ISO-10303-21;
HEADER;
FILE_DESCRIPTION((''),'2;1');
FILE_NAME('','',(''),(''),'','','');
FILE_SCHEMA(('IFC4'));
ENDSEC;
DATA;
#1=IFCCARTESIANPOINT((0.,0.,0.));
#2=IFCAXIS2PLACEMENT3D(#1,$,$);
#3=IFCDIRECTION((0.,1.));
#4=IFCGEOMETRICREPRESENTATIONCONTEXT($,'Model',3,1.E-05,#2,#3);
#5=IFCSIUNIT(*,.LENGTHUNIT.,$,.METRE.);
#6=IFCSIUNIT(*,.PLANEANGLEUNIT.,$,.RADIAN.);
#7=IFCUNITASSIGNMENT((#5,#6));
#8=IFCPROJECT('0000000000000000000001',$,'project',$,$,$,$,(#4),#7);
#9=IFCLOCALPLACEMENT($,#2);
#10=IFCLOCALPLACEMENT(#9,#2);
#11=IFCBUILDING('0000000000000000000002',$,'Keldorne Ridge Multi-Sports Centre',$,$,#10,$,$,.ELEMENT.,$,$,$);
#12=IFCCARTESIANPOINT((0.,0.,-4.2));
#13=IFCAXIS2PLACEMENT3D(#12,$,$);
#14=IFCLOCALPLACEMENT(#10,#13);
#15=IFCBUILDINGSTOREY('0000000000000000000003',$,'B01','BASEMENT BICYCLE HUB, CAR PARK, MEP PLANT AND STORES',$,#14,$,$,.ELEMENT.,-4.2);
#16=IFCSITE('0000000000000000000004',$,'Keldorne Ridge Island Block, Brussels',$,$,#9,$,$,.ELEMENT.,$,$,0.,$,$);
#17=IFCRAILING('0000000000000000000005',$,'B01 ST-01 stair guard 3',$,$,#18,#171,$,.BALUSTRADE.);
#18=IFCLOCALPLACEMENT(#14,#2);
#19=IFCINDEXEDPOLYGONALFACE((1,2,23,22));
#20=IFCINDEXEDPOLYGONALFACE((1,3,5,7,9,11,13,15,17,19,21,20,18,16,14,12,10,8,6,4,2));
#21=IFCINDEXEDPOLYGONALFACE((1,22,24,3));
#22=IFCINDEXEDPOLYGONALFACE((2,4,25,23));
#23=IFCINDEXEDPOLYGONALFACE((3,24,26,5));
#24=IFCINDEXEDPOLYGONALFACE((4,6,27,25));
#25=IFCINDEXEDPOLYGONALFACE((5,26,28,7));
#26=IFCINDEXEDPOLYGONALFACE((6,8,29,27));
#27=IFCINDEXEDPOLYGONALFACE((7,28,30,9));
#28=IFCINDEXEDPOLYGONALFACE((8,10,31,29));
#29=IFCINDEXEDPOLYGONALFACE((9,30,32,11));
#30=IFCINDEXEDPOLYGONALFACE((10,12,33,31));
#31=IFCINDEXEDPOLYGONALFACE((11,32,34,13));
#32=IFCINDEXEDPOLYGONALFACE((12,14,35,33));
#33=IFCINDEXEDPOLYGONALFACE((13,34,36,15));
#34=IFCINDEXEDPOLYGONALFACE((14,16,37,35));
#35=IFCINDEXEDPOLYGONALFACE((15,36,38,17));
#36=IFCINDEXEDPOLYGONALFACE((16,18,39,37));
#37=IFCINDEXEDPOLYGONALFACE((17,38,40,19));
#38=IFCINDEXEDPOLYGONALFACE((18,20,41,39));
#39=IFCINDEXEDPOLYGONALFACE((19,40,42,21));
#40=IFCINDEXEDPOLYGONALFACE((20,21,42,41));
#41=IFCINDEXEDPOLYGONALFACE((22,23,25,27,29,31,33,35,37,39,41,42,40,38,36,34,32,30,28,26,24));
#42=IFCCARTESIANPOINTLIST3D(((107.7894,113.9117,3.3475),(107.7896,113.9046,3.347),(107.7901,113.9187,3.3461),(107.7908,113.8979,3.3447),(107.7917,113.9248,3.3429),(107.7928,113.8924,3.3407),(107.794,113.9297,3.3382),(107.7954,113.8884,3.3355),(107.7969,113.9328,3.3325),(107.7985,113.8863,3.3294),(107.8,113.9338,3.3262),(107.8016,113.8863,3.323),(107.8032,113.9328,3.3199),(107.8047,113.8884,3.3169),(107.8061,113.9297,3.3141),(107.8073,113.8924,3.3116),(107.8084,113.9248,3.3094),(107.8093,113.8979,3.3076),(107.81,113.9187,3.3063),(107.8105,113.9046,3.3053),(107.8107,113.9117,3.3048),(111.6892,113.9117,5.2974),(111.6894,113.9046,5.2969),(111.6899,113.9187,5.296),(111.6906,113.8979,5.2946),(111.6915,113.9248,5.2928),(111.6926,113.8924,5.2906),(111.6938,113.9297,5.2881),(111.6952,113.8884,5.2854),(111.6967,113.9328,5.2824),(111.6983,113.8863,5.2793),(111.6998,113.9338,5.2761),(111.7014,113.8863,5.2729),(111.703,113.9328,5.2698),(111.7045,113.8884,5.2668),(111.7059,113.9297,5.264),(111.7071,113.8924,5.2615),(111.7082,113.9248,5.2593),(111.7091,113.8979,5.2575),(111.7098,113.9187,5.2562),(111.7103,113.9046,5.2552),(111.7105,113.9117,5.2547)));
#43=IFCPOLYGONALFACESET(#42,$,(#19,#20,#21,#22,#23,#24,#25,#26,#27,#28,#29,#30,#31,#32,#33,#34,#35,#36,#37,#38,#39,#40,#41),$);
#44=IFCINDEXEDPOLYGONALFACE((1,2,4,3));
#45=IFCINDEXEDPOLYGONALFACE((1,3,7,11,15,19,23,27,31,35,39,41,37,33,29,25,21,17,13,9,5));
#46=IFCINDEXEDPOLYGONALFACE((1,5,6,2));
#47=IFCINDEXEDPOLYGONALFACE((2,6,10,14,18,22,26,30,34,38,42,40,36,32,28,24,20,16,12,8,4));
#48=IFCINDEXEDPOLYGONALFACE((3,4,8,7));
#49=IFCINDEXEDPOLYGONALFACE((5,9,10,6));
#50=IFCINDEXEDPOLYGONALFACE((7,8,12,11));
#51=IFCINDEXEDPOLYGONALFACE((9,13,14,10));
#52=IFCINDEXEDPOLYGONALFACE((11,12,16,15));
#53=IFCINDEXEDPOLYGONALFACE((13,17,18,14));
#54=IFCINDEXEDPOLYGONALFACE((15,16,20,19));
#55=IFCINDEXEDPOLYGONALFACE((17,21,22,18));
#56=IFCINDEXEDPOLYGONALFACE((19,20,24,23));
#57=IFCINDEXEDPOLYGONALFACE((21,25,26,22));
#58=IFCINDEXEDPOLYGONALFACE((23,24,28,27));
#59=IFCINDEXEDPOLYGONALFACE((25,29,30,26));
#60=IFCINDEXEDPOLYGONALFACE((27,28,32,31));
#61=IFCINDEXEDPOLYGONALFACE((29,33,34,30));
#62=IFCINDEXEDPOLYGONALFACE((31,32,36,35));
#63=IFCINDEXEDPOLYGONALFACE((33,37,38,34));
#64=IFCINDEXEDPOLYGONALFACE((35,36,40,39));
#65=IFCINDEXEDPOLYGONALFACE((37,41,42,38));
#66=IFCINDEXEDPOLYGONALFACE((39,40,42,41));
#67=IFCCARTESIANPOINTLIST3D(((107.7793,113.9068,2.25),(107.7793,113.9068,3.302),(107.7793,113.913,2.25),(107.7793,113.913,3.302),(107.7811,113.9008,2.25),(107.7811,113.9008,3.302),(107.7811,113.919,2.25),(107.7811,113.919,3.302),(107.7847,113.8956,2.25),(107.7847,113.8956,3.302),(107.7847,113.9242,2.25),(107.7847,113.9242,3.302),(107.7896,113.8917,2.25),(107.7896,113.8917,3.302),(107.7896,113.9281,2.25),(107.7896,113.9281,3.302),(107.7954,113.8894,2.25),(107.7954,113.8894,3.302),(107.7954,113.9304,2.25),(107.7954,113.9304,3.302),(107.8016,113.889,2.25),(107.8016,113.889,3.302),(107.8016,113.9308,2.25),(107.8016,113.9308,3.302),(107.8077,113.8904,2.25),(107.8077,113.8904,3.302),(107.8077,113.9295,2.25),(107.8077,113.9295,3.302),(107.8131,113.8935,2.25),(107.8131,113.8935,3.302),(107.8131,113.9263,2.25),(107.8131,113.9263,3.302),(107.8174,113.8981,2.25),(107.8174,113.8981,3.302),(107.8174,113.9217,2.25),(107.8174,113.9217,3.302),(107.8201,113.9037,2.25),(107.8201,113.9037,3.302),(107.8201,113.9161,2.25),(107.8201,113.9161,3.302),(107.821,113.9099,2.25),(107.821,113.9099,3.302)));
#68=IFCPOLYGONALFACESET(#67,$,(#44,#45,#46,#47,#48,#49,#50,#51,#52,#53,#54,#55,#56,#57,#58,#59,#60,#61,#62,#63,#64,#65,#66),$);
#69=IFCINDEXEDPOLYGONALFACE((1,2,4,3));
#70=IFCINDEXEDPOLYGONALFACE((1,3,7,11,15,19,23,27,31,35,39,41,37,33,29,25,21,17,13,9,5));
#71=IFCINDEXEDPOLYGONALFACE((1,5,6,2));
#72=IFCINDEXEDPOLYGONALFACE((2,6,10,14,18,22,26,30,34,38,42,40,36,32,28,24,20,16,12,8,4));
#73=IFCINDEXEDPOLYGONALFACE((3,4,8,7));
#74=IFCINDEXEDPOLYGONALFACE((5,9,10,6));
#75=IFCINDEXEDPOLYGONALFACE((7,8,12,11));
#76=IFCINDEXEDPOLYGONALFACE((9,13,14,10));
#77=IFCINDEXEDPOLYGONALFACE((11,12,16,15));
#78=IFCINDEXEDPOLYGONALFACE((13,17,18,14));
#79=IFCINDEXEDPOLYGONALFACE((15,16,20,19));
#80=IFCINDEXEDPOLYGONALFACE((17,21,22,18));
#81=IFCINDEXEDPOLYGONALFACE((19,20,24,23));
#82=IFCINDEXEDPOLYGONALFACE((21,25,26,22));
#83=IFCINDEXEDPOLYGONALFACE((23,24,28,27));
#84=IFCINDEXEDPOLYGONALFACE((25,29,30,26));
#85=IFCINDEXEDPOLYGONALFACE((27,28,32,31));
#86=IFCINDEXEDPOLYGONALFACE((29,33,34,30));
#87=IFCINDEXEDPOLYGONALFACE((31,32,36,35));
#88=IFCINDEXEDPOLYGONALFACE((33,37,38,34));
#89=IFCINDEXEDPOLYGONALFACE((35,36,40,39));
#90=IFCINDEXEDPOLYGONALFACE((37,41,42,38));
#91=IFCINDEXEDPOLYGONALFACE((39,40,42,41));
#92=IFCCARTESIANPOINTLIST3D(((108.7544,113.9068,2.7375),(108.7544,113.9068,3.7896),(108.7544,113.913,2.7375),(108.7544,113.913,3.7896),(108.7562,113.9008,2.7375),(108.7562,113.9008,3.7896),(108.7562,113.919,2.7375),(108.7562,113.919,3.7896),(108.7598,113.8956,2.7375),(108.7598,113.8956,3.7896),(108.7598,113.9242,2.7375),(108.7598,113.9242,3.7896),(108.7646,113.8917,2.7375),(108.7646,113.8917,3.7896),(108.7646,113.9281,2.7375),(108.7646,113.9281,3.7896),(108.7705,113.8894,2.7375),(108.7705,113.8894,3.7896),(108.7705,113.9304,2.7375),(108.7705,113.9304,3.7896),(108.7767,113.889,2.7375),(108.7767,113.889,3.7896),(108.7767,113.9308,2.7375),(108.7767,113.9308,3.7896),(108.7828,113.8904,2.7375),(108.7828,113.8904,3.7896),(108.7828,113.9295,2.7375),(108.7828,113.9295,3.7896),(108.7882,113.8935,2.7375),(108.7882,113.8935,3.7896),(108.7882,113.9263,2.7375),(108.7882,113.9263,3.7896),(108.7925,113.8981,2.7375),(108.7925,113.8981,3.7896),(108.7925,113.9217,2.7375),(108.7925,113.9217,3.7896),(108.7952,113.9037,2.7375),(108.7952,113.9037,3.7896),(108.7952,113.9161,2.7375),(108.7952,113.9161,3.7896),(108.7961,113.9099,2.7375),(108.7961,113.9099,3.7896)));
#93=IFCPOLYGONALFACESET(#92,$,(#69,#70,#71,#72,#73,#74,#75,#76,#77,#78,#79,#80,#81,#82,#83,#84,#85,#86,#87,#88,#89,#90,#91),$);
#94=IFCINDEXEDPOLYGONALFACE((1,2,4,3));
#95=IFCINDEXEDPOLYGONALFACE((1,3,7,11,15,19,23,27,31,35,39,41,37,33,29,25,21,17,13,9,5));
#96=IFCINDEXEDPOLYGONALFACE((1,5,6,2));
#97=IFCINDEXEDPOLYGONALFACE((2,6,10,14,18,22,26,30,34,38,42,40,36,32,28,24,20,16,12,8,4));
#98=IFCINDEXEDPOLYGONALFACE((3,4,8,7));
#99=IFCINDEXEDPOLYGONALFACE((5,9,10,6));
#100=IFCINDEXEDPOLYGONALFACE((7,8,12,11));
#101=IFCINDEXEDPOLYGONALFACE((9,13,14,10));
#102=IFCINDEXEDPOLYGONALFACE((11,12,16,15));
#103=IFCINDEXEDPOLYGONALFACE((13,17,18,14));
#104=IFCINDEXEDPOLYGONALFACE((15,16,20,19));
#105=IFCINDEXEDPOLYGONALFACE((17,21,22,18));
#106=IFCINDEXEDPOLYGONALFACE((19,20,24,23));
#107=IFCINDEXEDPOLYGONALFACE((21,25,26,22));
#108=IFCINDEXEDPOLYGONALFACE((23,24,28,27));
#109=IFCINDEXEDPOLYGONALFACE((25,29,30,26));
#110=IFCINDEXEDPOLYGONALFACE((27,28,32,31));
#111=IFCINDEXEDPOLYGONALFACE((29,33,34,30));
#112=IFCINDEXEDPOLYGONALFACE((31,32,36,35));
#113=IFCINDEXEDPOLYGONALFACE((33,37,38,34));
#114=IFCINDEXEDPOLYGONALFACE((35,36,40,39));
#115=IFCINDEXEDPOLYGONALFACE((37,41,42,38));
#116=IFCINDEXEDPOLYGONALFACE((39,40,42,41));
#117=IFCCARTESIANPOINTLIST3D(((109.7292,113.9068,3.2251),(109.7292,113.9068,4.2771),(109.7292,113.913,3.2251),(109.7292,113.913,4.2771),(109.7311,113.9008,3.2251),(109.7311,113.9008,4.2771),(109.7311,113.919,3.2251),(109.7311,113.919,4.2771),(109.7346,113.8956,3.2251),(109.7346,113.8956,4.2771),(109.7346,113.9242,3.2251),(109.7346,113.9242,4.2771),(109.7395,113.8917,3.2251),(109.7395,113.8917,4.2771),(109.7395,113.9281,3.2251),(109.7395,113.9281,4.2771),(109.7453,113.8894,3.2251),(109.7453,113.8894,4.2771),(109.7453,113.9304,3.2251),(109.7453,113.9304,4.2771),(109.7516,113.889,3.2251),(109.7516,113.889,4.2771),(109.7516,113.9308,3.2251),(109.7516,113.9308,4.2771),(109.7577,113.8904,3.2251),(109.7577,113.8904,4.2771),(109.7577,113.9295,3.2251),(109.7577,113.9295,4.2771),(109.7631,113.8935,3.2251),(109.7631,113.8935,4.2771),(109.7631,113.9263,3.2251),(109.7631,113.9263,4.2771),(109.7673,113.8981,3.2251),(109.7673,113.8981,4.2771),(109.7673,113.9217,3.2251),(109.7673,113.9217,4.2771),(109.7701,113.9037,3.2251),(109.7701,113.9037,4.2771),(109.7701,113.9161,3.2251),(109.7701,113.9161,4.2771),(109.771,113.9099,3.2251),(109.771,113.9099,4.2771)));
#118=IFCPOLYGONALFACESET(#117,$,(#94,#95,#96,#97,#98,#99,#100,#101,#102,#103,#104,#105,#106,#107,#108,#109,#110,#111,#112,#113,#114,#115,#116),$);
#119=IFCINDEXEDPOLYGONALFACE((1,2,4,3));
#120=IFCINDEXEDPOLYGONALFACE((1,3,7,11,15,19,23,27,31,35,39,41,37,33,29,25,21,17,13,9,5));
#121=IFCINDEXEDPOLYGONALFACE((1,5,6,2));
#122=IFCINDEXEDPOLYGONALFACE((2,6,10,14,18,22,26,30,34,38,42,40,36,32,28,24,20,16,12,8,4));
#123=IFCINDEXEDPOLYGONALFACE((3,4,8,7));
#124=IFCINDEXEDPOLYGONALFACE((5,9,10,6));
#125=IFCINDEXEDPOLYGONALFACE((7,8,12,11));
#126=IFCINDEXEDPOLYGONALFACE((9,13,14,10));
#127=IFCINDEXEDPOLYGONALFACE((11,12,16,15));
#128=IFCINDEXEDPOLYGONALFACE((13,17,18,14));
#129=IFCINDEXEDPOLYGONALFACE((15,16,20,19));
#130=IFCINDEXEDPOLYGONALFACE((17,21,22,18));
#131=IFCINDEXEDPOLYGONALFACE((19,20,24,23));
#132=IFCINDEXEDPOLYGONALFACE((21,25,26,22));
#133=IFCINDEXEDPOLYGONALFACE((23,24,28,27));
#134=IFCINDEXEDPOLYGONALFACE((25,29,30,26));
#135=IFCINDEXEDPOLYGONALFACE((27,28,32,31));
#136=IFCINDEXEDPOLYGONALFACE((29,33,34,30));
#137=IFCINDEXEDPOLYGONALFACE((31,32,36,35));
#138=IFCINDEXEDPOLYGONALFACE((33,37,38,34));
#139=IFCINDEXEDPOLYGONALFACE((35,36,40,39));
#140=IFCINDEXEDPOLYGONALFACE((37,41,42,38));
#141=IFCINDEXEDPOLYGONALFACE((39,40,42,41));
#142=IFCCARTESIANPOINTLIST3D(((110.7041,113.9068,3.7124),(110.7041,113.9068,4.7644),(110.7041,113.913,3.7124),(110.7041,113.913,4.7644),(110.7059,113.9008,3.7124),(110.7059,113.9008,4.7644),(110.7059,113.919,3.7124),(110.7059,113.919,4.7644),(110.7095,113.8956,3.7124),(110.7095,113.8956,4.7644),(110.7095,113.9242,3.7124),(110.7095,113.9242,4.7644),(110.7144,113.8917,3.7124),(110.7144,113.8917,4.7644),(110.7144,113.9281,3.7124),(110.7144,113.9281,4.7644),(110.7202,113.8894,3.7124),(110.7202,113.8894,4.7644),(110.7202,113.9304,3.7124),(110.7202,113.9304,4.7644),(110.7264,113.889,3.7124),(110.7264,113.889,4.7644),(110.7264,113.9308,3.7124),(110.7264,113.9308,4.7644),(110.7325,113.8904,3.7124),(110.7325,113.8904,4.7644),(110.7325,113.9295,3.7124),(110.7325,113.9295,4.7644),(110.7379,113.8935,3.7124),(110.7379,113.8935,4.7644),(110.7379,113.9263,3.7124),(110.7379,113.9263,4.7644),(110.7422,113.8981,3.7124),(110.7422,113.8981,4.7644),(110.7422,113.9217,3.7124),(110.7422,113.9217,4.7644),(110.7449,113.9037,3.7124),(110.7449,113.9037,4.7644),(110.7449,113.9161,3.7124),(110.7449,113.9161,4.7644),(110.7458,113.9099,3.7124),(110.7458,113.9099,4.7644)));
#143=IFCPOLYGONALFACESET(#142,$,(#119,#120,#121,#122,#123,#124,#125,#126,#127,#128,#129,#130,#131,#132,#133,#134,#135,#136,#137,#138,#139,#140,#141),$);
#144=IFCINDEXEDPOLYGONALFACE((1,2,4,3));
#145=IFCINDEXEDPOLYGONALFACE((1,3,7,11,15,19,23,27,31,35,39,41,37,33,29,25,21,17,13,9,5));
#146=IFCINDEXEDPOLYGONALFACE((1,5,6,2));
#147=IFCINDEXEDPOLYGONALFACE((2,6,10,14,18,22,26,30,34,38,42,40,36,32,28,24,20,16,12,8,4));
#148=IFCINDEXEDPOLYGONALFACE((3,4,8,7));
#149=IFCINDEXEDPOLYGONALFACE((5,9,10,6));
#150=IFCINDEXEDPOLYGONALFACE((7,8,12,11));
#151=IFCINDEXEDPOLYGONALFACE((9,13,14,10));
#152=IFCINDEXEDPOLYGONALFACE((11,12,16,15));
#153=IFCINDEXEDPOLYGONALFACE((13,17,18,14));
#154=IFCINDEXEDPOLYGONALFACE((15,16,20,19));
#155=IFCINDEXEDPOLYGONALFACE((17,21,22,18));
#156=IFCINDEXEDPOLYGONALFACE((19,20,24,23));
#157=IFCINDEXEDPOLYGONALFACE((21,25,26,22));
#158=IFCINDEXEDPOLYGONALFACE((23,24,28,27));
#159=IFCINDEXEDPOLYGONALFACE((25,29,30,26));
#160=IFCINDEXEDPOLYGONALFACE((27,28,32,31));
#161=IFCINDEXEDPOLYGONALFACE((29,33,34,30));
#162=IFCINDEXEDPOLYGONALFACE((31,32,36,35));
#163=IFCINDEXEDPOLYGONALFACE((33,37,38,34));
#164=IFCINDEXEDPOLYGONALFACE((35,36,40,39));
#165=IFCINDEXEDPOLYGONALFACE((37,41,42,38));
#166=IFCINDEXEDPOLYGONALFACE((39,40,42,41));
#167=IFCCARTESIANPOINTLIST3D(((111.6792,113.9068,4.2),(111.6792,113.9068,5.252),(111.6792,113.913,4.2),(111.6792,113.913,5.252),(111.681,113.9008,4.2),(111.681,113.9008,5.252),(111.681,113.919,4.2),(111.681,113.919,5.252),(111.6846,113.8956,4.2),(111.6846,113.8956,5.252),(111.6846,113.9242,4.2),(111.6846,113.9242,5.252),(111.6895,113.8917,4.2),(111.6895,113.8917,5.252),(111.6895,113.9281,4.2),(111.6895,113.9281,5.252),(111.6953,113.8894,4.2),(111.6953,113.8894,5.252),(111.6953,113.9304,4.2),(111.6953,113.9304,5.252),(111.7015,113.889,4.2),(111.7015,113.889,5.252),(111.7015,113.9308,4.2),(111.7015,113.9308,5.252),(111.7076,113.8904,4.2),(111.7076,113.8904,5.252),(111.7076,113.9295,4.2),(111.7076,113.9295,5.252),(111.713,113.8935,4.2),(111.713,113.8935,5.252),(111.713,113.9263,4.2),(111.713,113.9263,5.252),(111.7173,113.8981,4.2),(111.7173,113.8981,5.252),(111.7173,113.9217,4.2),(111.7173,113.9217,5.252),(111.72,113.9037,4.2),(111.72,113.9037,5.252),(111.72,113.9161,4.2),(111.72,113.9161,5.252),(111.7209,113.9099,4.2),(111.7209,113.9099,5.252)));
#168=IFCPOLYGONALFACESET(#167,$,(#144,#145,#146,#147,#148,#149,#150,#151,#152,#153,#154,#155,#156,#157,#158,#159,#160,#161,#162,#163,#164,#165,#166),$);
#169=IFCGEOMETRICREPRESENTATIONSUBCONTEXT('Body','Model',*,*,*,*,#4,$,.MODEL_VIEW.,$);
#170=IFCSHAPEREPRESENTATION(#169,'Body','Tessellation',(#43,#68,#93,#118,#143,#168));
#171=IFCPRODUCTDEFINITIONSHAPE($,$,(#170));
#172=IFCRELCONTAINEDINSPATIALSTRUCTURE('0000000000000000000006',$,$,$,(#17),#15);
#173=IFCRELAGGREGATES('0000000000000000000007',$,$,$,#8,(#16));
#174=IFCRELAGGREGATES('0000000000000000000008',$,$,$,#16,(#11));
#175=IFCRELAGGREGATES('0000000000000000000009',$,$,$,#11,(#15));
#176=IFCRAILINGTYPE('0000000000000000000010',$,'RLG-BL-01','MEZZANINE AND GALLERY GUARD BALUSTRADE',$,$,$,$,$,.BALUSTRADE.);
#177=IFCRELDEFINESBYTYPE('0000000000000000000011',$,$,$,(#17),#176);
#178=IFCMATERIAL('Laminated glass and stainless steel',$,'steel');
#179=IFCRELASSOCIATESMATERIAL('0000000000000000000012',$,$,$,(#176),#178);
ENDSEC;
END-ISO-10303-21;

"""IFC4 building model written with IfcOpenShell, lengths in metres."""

from ifc_helpers import new_model, si_unit, direction, frame, origin, origin_2d, place, context, subcontext, project, spatial, circle, extrude, material, type_object, element, save


model = new_model("IFC4")

# Units and contexts
model_context = context("Model", 3, precision=1e-05, world=origin(), true_north=direction((0.0, 1.0)))
body_context = subcontext(model_context, "Body", "Model", "MODEL_VIEW")
ifc_project = project(units=[si_unit("LENGTHUNIT", "METRE"), si_unit("PLANEANGLEUNIT", "RADIAN")], contexts=[model_context])

# Site, building, storey
site_placement = place(None, origin())
site = spatial("IfcSite", under=ifc_project, at=site_placement, Name="Keldorne Ridge Island Block, Brussels", CompositionType="ELEMENT", RefElevation=0.0)
building_placement = place(site_placement, origin())
building = spatial("IfcBuilding", under=site, at=building_placement, Name="Keldorne Ridge Multi-Sports Centre", CompositionType="ELEMENT")
storey_placement = place(building_placement, frame((0.0, 0.0, -4.2)))
storey = spatial("IfcBuildingStorey", under=building, at=storey_placement, Name="B01", Description="BASEMENT BICYCLE HUB, CAR PARK, MEP PLANT AND STORES", CompositionType="ELEMENT", Elevation=-4.2)

# Railing
ifc_material_1 = material(Name="Laminated glass and stainless steel", Category="steel")
railing_type_1 = type_object("IfcRailingType", Name="RLG-BL-01", Description="MEZZANINE AND GALLERY GUARD BALUSTRADE", PredefinedType="BALUSTRADE", material=ifc_material_1)
railing_1_placement = place(storey_placement, frame((107.8, 113.9099, 2.25)))
element("IfcRailing", 1, at=railing_1_placement, inside=storey, type_object=railing_type_1, Name="B01 ST-01 stair guard 3", PredefinedType="BALUSTRADE", context=body_context, shape_type="SweptSolid", body=[
    extrude(circle(Radius=0.0239, at=origin_2d()), frame((0.0, 0.0, 1.0762), z_axis=(0.894427, 0.0, 0.447214), x_axis=(0.0, 1.0, 0.0)), (0.0, 0.0, 1.0), 4.3601),
    extrude(circle(Radius=0.021, at=origin_2d()), origin(), (0.0, 0.0, 1.0), 1.052),
    extrude(circle(Radius=0.021, at=origin_2d()), frame((0.9751, 0.0, 0.4875)), (0.0, 0.0, 1.0), 1.052),
    extrude(circle(Radius=0.021, at=origin_2d()), frame((1.95, 0.0, 0.9751)), (0.0, 0.0, 1.0), 1.052),
    extrude(circle(Radius=0.021, at=origin_2d()), frame((2.9248, 0.0, 1.4624)), (0.0, 0.0, 1.0), 1.052),
    extrude(circle(Radius=0.021, at=origin_2d()), frame((3.8999, 0.0, 1.95)), (0.0, 0.0, 1.0), 1.052),
])

save(model, "model.ifc")
